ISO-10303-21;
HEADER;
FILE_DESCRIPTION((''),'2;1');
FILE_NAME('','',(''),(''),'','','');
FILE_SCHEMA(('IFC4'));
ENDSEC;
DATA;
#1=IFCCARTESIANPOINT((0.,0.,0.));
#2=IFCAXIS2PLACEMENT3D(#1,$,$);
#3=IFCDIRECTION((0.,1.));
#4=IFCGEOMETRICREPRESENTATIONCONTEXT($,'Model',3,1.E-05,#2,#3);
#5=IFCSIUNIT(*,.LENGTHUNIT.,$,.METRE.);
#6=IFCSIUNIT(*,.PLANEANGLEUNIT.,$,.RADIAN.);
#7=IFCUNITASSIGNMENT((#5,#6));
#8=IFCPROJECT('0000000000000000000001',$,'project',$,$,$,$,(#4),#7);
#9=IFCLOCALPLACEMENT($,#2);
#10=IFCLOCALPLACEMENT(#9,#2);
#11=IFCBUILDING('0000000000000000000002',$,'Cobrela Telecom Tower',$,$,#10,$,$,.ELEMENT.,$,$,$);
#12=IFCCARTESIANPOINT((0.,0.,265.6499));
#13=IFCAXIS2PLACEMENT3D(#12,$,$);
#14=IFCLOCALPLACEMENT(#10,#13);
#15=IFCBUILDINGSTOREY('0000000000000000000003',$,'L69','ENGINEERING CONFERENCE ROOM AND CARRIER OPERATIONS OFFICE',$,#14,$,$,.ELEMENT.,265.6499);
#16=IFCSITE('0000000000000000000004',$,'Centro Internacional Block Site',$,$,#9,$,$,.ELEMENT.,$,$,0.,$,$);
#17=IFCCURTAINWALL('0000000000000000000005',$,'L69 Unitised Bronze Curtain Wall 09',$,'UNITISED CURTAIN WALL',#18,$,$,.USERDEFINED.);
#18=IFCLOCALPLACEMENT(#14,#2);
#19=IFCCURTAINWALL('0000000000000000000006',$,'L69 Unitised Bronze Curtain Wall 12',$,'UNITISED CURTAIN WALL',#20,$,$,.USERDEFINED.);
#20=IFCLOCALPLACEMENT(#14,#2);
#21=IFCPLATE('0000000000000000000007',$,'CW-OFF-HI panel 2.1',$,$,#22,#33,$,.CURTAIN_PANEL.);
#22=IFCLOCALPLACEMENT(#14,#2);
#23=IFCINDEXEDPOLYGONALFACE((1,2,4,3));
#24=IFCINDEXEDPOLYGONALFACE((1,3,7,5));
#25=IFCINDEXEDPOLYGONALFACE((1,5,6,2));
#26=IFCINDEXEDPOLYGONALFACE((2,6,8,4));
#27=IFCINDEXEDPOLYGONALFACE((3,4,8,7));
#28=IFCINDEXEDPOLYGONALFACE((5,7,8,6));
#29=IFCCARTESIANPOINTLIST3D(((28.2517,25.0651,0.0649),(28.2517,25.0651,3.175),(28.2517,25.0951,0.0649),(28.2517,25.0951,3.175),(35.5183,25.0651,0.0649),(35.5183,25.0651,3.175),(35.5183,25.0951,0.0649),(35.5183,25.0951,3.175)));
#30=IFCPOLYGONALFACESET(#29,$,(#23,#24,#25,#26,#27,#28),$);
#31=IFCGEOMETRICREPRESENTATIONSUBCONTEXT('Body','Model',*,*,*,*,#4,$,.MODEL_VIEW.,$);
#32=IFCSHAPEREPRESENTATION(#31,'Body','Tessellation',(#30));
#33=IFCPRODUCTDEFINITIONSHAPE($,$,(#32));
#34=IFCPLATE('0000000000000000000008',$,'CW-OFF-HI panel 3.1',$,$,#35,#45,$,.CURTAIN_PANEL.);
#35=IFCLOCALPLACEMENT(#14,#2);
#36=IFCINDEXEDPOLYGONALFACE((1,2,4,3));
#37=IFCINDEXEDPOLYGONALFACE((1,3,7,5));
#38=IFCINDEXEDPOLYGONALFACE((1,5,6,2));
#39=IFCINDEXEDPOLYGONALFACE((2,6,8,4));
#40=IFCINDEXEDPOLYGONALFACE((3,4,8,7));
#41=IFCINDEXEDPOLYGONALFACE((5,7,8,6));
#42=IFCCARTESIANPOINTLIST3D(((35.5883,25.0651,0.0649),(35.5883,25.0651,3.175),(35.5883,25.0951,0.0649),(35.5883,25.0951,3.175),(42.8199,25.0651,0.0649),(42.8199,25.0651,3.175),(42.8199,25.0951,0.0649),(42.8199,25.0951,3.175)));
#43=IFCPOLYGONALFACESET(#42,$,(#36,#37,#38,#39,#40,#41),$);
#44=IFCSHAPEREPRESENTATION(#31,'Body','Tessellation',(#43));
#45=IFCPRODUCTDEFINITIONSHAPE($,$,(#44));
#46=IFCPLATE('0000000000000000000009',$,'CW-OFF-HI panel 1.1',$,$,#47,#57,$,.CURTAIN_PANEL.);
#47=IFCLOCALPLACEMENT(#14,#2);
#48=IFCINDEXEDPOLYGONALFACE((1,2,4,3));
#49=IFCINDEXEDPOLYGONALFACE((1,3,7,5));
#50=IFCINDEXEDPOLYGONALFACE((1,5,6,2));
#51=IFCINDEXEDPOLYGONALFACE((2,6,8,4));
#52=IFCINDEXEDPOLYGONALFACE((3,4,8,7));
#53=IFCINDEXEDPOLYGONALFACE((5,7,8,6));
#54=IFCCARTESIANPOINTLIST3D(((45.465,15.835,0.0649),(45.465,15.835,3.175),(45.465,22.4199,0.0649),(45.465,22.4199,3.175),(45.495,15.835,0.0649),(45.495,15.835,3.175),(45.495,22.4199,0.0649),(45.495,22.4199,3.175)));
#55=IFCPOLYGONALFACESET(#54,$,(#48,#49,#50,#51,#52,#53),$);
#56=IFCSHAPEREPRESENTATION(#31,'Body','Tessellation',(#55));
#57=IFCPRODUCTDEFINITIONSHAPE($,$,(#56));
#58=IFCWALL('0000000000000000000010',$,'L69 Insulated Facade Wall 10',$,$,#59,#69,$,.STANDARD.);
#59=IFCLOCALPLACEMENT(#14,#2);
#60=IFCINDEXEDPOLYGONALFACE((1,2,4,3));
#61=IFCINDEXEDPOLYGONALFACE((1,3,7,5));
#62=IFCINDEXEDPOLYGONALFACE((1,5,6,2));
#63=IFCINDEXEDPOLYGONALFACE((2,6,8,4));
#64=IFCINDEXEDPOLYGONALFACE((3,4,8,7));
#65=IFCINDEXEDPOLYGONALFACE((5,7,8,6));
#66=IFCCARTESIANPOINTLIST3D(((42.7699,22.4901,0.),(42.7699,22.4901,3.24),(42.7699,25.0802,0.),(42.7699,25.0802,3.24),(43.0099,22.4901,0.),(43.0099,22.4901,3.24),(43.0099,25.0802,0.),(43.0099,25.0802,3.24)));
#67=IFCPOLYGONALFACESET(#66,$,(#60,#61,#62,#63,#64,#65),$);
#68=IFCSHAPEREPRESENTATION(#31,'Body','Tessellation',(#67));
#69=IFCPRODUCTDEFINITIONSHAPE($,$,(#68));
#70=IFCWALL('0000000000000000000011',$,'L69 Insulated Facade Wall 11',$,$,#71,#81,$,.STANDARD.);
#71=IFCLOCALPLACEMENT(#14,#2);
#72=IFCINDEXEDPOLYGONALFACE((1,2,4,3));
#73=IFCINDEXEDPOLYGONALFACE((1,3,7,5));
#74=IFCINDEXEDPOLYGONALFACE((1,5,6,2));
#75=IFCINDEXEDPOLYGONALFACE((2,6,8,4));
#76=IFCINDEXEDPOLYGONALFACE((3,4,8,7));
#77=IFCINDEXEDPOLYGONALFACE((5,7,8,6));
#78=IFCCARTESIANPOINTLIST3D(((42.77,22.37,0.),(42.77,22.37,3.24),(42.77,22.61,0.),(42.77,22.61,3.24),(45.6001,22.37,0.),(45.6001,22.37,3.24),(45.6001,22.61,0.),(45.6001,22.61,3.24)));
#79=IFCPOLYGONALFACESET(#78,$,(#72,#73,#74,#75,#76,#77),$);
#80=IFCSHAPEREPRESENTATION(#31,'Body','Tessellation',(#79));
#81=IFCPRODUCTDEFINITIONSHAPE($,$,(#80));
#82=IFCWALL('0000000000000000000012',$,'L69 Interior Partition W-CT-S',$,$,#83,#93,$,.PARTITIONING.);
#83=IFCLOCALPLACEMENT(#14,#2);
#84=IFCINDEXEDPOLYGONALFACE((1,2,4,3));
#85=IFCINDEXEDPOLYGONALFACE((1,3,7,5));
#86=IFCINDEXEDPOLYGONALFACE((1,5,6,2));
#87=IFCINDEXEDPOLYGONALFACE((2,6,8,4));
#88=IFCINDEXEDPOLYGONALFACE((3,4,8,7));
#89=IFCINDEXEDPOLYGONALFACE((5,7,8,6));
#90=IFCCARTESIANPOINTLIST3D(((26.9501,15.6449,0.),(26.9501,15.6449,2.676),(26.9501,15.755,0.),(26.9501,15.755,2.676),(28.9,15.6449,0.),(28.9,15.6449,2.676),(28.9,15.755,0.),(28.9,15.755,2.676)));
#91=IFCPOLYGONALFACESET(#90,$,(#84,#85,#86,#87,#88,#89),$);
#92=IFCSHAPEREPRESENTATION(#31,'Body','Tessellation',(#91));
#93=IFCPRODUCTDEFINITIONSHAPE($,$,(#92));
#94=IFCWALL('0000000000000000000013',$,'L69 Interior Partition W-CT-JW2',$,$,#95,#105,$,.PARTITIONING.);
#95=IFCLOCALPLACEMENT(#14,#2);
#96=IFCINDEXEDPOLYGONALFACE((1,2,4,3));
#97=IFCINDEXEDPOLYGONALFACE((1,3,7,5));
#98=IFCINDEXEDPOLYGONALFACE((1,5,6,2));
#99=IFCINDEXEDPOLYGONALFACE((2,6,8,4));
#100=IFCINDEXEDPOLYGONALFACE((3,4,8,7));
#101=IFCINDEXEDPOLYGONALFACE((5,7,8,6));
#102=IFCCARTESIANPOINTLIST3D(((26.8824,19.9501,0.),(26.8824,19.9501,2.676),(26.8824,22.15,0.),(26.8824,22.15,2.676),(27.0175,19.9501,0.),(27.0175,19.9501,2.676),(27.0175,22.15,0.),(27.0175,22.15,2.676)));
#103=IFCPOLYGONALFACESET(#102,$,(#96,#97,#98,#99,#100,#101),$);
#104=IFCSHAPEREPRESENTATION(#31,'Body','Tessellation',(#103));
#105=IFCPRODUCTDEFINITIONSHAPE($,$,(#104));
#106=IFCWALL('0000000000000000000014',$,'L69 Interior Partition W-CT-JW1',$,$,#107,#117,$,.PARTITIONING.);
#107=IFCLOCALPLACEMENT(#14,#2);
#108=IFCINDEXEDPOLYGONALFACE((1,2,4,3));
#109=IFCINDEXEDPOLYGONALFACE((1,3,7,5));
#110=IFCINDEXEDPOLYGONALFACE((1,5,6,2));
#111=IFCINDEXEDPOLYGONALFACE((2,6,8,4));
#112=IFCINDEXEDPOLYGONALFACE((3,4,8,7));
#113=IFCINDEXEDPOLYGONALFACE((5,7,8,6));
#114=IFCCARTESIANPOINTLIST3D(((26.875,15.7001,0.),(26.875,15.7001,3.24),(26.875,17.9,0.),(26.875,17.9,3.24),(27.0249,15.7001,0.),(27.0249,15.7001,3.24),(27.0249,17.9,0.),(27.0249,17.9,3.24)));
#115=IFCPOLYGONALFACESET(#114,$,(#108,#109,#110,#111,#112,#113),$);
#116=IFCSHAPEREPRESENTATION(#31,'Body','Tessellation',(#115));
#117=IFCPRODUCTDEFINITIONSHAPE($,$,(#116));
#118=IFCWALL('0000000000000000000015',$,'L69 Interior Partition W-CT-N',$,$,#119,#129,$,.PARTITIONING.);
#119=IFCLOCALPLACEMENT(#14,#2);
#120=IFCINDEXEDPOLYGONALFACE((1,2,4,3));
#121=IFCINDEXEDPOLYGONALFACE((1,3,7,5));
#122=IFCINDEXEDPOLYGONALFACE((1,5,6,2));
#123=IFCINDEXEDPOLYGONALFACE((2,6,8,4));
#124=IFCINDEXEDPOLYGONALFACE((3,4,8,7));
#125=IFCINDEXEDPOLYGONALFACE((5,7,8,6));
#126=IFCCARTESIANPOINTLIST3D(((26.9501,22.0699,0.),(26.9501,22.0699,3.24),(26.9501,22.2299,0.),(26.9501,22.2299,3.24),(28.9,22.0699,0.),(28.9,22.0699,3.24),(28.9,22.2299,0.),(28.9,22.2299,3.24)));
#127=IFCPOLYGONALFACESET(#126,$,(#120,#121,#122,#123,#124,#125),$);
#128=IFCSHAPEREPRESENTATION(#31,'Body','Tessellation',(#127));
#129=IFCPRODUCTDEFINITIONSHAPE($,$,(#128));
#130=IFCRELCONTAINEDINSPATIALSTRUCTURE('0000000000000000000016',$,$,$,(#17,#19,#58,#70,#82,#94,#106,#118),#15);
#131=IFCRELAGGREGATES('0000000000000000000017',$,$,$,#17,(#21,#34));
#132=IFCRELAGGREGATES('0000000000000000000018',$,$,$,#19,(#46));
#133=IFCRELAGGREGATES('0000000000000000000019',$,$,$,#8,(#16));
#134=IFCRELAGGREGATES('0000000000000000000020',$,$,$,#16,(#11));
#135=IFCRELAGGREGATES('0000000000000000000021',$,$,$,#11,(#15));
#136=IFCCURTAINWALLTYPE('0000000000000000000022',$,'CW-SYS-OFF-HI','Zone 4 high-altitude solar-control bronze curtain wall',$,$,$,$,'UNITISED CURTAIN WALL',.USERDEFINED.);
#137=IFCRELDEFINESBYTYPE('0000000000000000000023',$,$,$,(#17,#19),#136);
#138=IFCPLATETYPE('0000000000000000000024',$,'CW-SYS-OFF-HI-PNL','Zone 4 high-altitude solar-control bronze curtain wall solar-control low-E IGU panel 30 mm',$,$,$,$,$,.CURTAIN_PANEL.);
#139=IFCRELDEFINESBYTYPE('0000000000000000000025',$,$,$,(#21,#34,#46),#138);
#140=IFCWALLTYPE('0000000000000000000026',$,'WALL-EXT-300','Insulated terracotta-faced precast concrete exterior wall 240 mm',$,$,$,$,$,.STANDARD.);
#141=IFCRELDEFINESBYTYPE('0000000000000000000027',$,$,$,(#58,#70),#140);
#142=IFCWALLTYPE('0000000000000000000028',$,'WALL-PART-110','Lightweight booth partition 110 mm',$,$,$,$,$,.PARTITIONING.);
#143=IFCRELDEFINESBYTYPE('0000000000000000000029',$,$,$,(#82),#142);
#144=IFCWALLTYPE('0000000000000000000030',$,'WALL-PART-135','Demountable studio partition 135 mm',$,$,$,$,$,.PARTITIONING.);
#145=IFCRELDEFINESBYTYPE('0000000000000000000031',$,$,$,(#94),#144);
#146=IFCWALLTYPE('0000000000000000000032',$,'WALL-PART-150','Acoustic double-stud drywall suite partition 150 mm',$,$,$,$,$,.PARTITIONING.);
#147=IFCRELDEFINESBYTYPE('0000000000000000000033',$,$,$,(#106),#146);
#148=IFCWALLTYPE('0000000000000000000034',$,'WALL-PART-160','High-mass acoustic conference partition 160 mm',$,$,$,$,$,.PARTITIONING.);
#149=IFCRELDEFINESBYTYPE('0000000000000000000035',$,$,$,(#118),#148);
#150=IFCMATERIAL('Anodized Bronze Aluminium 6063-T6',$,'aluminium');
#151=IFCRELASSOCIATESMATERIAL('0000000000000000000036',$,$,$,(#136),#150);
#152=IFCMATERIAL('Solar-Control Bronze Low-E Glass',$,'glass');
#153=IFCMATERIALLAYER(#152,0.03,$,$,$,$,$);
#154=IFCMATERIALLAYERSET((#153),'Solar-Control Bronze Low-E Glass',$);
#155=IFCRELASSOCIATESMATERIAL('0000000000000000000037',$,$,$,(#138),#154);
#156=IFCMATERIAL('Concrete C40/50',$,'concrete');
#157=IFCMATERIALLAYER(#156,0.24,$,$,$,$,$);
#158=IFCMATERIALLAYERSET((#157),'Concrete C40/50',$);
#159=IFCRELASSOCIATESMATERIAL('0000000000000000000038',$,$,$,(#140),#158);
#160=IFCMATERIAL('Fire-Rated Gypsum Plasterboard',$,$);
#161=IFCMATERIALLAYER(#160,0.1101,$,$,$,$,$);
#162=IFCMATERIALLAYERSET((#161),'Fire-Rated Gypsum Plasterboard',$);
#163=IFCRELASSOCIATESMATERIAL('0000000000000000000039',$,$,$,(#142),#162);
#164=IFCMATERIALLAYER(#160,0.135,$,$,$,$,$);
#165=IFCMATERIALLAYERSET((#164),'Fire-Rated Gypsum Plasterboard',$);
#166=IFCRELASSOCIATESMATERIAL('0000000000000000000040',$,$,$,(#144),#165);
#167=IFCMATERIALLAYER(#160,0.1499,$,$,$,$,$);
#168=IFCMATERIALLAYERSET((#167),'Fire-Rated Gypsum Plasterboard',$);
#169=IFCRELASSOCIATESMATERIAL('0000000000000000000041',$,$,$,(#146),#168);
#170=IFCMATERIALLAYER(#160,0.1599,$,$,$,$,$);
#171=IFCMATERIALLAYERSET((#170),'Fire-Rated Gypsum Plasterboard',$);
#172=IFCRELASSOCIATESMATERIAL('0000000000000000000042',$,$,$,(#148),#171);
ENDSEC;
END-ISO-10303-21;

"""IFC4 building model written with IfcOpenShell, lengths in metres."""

from ifc_helpers import new_model, si_unit, direction, frame, frame_2d, origin, origin_2d, place, context, subcontext, project, spatial, rectangle, extrude, material, layer, layer_set, type_object, element, aggregate, save


model = new_model("IFC4")

# Units and contexts
model_context = context("Model", 3, precision=1e-05, world=origin(), true_north=direction((0.0, 1.0)))
body_context = subcontext(model_context, "Body", "Model", "MODEL_VIEW")
ifc_project = project(units=[si_unit("LENGTHUNIT", "METRE"), si_unit("PLANEANGLEUNIT", "RADIAN")], contexts=[model_context])

# Site, building, storey
site_placement = place(None, origin())
site = spatial("IfcSite", under=ifc_project, at=site_placement, Name="Centro Internacional Block Site", CompositionType="ELEMENT", RefElevation=0.0)
building_placement = place(site_placement, origin())
building = spatial("IfcBuilding", under=site, at=building_placement, Name="Cobrela Telecom Tower", CompositionType="ELEMENT")
storey_placement = place(building_placement, frame((0.0, 0.0, 265.6499)))
storey = spatial("IfcBuildingStorey", under=building, at=storey_placement, Name="L69", Description="ENGINEERING CONFERENCE ROOM AND CARRIER OPERATIONS OFFICE", CompositionType="ELEMENT", Elevation=265.6499)

# Curtain walls
ifc_material_1 = material(Name="Anodized Bronze Aluminium 6063-T6", Category="aluminium")
curtain_wall_type = type_object("IfcCurtainWallType", Name="CW-SYS-OFF-HI", Description="Zone 4 high-altitude solar-control bronze curtain wall", ElementType="UNITISED CURTAIN WALL", PredefinedType="USERDEFINED", material=ifc_material_1)
curtain_wall_1_placement = place(storey_placement, origin())
curtain_wall_1 = element("IfcCurtainWall", 1, at=curtain_wall_1_placement, inside=storey, type_object=curtain_wall_type, Name="L69 Unitised Bronze Curtain Wall 09", ObjectType="UNITISED CURTAIN WALL", PredefinedType="USERDEFINED")
curtain_wall_2_placement = place(storey_placement, origin())
curtain_wall_2 = element("IfcCurtainWall", 2, at=curtain_wall_2_placement, inside=storey, type_object=curtain_wall_type, Name="L69 Unitised Bronze Curtain Wall 12", ObjectType="UNITISED CURTAIN WALL", PredefinedType="USERDEFINED")

# Plates
ifc_material_2 = material(Name="Solar-Control Bronze Low-E Glass", Category="glass")
ifc_layer_1 = layer(ifc_material_2, 0.03)
ifc_layer_set_1 = layer_set([ifc_layer_1], Name="Solar-Control Bronze Low-E Glass")
plate_type = type_object("IfcPlateType", Name="CW-SYS-OFF-HI-PNL", Description="Zone 4 high-altitude solar-control bronze curtain wall solar-control low-E IGU panel 30 mm", PredefinedType="CURTAIN_PANEL", material=ifc_layer_set_1)
plate_1_placement = place(storey_placement, frame((31.885, 25.0801, 0.0649), z_axis=(0.0, 0.0, 1.0), x_axis=(1.0, 0.0, 0.0)))
plate_1 = element("IfcPlate", 3, at=plate_1_placement, type_object=plate_type, Name="CW-OFF-HI panel 2.1", PredefinedType="CURTAIN_PANEL", context=body_context, shape_type="SweptSolid", body=[
    extrude(rectangle(XDim=7.2666, YDim=0.03, at=origin_2d()), origin(), (0.0, 0.0, 1.0), 3.1101),
])
plate_2_placement = place(storey_placement, frame((39.2041, 25.0801, 0.0649), z_axis=(0.0, 0.0, 1.0), x_axis=(1.0, 0.0, 0.0)))
plate_2 = element("IfcPlate", 4, at=plate_2_placement, type_object=plate_type, Name="CW-OFF-HI panel 3.1", PredefinedType="CURTAIN_PANEL", context=body_context, shape_type="SweptSolid", body=[
    extrude(rectangle(XDim=7.2317, YDim=0.03, at=origin_2d()), origin(), (0.0, 0.0, 1.0), 3.1101),
])
aggregate(curtain_wall_1, [plate_1, plate_2])
plate_3_placement = place(storey_placement, frame((45.48, 19.1274, 0.0649), z_axis=(0.0, 0.0, 1.0), x_axis=(0.0, -1.0, 0.0)))
plate_3 = element("IfcPlate", 5, at=plate_3_placement, type_object=plate_type, Name="CW-OFF-HI panel 1.1", PredefinedType="CURTAIN_PANEL", context=body_context, shape_type="SweptSolid", body=[
    extrude(rectangle(XDim=6.585, YDim=0.03, at=origin_2d()), origin(), (0.0, 0.0, 1.0), 3.1101),
])
aggregate(curtain_wall_2, [plate_3])

# Walls
ifc_material_3 = material(Name="Concrete C40/50", Category="concrete")
ifc_layer_2 = layer(ifc_material_3, 0.24)
ifc_layer_set_2 = layer_set([ifc_layer_2], Name="Concrete C40/50")
wall_type_1 = type_object("IfcWallType", Name="WALL-EXT-300", Description="Insulated terracotta-faced precast concrete exterior wall 240 mm", PredefinedType="STANDARD", material=ifc_layer_set_2)
wall_1_placement = place(storey_placement, frame((42.8899, 25.0801, 0.0), z_axis=(0.0, 0.0, 1.0), x_axis=(0.0, -1.0, 0.0)))
element("IfcWall", 6, at=wall_1_placement, inside=storey, type_object=wall_type_1, Name="L69 Insulated Facade Wall 10", PredefinedType="STANDARD", context=body_context, shape_type="SweptSolid", body=[
    extrude(rectangle(XDim=2.5901, YDim=0.24, at=frame_2d((1.2949, 0.0))), origin(), (0.0, 0.0, 1.0), 3.24),
])
wall_2_placement = place(storey_placement, frame((42.77, 22.49, 0.0), z_axis=(0.0, 0.0, 1.0), x_axis=(1.0, 0.0, 0.0)))
element("IfcWall", 7, at=wall_2_placement, inside=storey, type_object=wall_type_1, Name="L69 Insulated Facade Wall 11", PredefinedType="STANDARD", context=body_context, shape_type="SweptSolid", body=[
    extrude(rectangle(XDim=2.8301, YDim=0.24, at=frame_2d((1.415, 0.0))), origin(), (0.0, 0.0, 1.0), 3.24),
])
ifc_material_4 = material(Name="Fire-Rated Gypsum Plasterboard")
ifc_layer_3 = layer(ifc_material_4, 0.1101)
ifc_layer_set_3 = layer_set([ifc_layer_3], Name="Fire-Rated Gypsum Plasterboard")
wall_type_2 = type_object("IfcWallType", Name="WALL-PART-110", Description="Lightweight booth partition 110 mm", PredefinedType="PARTITIONING", material=ifc_layer_set_3)
wall_3_placement = place(storey_placement, frame((26.95, 15.7, 0.0), z_axis=(0.0, 0.0, 1.0), x_axis=(1.0, 0.0, 0.0)))
element("IfcWall", 8, at=wall_3_placement, inside=storey, type_object=wall_type_2, Name="L69 Interior Partition W-CT-S", PredefinedType="PARTITIONING", context=body_context, shape_type="SweptSolid", body=[
    extrude(rectangle(XDim=1.95, YDim=0.1101, at=frame_2d((0.9751, 0.0))), origin(), (0.0, 0.0, 1.0), 2.676),
])
ifc_layer_4 = layer(ifc_material_4, 0.135)
ifc_layer_set_4 = layer_set([ifc_layer_4], Name="Fire-Rated Gypsum Plasterboard")
wall_type_3 = type_object("IfcWallType", Name="WALL-PART-135", Description="Demountable studio partition 135 mm", PredefinedType="PARTITIONING", material=ifc_layer_set_4)
wall_4_placement = place(storey_placement, frame((26.95, 19.95, 0.0), z_axis=(0.0, 0.0, 1.0), x_axis=(0.0, 1.0, 0.0)))
element("IfcWall", 9, at=wall_4_placement, inside=storey, type_object=wall_type_3, Name="L69 Interior Partition W-CT-JW2", PredefinedType="PARTITIONING", context=body_context, shape_type="SweptSolid", body=[
    extrude(rectangle(XDim=2.2, YDim=0.135, at=frame_2d((1.1001, 0.0))), origin(), (0.0, 0.0, 1.0), 2.676),
])
ifc_layer_5 = layer(ifc_material_4, 0.1499)
ifc_layer_set_5 = layer_set([ifc_layer_5], Name="Fire-Rated Gypsum Plasterboard")
wall_type_4 = type_object("IfcWallType", Name="WALL-PART-150", Description="Acoustic double-stud drywall suite partition 150 mm", PredefinedType="PARTITIONING", material=ifc_layer_set_5)
wall_5_placement = place(storey_placement, frame((26.95, 15.7, 0.0), z_axis=(0.0, 0.0, 1.0), x_axis=(0.0, 1.0, 0.0)))
element("IfcWall", 10, at=wall_5_placement, inside=storey, type_object=wall_type_4, Name="L69 Interior Partition W-CT-JW1", PredefinedType="PARTITIONING", context=body_context, shape_type="SweptSolid", body=[
    extrude(rectangle(XDim=2.2, YDim=0.1499, at=frame_2d((1.1001, 0.0))), origin(), (0.0, 0.0, 1.0), 3.24),
])
ifc_layer_6 = layer(ifc_material_4, 0.1599)
ifc_layer_set_6 = layer_set([ifc_layer_6], Name="Fire-Rated Gypsum Plasterboard")
wall_type_5 = type_object("IfcWallType", Name="WALL-PART-160", Description="High-mass acoustic conference partition 160 mm", PredefinedType="PARTITIONING", material=ifc_layer_set_6)
wall_6_placement = place(storey_placement, frame((26.95, 22.1499, 0.0), z_axis=(0.0, 0.0, 1.0), x_axis=(1.0, 0.0, 0.0)))
element("IfcWall", 11, at=wall_6_placement, inside=storey, type_object=wall_type_5, Name="L69 Interior Partition W-CT-N", PredefinedType="PARTITIONING", context=body_context, shape_type="SweptSolid", body=[
    extrude(rectangle(XDim=1.95, YDim=0.1599, at=frame_2d((0.9751, 0.0))), origin(), (0.0, 0.0, 1.0), 3.24),
])

save(model, "model.ifc")
